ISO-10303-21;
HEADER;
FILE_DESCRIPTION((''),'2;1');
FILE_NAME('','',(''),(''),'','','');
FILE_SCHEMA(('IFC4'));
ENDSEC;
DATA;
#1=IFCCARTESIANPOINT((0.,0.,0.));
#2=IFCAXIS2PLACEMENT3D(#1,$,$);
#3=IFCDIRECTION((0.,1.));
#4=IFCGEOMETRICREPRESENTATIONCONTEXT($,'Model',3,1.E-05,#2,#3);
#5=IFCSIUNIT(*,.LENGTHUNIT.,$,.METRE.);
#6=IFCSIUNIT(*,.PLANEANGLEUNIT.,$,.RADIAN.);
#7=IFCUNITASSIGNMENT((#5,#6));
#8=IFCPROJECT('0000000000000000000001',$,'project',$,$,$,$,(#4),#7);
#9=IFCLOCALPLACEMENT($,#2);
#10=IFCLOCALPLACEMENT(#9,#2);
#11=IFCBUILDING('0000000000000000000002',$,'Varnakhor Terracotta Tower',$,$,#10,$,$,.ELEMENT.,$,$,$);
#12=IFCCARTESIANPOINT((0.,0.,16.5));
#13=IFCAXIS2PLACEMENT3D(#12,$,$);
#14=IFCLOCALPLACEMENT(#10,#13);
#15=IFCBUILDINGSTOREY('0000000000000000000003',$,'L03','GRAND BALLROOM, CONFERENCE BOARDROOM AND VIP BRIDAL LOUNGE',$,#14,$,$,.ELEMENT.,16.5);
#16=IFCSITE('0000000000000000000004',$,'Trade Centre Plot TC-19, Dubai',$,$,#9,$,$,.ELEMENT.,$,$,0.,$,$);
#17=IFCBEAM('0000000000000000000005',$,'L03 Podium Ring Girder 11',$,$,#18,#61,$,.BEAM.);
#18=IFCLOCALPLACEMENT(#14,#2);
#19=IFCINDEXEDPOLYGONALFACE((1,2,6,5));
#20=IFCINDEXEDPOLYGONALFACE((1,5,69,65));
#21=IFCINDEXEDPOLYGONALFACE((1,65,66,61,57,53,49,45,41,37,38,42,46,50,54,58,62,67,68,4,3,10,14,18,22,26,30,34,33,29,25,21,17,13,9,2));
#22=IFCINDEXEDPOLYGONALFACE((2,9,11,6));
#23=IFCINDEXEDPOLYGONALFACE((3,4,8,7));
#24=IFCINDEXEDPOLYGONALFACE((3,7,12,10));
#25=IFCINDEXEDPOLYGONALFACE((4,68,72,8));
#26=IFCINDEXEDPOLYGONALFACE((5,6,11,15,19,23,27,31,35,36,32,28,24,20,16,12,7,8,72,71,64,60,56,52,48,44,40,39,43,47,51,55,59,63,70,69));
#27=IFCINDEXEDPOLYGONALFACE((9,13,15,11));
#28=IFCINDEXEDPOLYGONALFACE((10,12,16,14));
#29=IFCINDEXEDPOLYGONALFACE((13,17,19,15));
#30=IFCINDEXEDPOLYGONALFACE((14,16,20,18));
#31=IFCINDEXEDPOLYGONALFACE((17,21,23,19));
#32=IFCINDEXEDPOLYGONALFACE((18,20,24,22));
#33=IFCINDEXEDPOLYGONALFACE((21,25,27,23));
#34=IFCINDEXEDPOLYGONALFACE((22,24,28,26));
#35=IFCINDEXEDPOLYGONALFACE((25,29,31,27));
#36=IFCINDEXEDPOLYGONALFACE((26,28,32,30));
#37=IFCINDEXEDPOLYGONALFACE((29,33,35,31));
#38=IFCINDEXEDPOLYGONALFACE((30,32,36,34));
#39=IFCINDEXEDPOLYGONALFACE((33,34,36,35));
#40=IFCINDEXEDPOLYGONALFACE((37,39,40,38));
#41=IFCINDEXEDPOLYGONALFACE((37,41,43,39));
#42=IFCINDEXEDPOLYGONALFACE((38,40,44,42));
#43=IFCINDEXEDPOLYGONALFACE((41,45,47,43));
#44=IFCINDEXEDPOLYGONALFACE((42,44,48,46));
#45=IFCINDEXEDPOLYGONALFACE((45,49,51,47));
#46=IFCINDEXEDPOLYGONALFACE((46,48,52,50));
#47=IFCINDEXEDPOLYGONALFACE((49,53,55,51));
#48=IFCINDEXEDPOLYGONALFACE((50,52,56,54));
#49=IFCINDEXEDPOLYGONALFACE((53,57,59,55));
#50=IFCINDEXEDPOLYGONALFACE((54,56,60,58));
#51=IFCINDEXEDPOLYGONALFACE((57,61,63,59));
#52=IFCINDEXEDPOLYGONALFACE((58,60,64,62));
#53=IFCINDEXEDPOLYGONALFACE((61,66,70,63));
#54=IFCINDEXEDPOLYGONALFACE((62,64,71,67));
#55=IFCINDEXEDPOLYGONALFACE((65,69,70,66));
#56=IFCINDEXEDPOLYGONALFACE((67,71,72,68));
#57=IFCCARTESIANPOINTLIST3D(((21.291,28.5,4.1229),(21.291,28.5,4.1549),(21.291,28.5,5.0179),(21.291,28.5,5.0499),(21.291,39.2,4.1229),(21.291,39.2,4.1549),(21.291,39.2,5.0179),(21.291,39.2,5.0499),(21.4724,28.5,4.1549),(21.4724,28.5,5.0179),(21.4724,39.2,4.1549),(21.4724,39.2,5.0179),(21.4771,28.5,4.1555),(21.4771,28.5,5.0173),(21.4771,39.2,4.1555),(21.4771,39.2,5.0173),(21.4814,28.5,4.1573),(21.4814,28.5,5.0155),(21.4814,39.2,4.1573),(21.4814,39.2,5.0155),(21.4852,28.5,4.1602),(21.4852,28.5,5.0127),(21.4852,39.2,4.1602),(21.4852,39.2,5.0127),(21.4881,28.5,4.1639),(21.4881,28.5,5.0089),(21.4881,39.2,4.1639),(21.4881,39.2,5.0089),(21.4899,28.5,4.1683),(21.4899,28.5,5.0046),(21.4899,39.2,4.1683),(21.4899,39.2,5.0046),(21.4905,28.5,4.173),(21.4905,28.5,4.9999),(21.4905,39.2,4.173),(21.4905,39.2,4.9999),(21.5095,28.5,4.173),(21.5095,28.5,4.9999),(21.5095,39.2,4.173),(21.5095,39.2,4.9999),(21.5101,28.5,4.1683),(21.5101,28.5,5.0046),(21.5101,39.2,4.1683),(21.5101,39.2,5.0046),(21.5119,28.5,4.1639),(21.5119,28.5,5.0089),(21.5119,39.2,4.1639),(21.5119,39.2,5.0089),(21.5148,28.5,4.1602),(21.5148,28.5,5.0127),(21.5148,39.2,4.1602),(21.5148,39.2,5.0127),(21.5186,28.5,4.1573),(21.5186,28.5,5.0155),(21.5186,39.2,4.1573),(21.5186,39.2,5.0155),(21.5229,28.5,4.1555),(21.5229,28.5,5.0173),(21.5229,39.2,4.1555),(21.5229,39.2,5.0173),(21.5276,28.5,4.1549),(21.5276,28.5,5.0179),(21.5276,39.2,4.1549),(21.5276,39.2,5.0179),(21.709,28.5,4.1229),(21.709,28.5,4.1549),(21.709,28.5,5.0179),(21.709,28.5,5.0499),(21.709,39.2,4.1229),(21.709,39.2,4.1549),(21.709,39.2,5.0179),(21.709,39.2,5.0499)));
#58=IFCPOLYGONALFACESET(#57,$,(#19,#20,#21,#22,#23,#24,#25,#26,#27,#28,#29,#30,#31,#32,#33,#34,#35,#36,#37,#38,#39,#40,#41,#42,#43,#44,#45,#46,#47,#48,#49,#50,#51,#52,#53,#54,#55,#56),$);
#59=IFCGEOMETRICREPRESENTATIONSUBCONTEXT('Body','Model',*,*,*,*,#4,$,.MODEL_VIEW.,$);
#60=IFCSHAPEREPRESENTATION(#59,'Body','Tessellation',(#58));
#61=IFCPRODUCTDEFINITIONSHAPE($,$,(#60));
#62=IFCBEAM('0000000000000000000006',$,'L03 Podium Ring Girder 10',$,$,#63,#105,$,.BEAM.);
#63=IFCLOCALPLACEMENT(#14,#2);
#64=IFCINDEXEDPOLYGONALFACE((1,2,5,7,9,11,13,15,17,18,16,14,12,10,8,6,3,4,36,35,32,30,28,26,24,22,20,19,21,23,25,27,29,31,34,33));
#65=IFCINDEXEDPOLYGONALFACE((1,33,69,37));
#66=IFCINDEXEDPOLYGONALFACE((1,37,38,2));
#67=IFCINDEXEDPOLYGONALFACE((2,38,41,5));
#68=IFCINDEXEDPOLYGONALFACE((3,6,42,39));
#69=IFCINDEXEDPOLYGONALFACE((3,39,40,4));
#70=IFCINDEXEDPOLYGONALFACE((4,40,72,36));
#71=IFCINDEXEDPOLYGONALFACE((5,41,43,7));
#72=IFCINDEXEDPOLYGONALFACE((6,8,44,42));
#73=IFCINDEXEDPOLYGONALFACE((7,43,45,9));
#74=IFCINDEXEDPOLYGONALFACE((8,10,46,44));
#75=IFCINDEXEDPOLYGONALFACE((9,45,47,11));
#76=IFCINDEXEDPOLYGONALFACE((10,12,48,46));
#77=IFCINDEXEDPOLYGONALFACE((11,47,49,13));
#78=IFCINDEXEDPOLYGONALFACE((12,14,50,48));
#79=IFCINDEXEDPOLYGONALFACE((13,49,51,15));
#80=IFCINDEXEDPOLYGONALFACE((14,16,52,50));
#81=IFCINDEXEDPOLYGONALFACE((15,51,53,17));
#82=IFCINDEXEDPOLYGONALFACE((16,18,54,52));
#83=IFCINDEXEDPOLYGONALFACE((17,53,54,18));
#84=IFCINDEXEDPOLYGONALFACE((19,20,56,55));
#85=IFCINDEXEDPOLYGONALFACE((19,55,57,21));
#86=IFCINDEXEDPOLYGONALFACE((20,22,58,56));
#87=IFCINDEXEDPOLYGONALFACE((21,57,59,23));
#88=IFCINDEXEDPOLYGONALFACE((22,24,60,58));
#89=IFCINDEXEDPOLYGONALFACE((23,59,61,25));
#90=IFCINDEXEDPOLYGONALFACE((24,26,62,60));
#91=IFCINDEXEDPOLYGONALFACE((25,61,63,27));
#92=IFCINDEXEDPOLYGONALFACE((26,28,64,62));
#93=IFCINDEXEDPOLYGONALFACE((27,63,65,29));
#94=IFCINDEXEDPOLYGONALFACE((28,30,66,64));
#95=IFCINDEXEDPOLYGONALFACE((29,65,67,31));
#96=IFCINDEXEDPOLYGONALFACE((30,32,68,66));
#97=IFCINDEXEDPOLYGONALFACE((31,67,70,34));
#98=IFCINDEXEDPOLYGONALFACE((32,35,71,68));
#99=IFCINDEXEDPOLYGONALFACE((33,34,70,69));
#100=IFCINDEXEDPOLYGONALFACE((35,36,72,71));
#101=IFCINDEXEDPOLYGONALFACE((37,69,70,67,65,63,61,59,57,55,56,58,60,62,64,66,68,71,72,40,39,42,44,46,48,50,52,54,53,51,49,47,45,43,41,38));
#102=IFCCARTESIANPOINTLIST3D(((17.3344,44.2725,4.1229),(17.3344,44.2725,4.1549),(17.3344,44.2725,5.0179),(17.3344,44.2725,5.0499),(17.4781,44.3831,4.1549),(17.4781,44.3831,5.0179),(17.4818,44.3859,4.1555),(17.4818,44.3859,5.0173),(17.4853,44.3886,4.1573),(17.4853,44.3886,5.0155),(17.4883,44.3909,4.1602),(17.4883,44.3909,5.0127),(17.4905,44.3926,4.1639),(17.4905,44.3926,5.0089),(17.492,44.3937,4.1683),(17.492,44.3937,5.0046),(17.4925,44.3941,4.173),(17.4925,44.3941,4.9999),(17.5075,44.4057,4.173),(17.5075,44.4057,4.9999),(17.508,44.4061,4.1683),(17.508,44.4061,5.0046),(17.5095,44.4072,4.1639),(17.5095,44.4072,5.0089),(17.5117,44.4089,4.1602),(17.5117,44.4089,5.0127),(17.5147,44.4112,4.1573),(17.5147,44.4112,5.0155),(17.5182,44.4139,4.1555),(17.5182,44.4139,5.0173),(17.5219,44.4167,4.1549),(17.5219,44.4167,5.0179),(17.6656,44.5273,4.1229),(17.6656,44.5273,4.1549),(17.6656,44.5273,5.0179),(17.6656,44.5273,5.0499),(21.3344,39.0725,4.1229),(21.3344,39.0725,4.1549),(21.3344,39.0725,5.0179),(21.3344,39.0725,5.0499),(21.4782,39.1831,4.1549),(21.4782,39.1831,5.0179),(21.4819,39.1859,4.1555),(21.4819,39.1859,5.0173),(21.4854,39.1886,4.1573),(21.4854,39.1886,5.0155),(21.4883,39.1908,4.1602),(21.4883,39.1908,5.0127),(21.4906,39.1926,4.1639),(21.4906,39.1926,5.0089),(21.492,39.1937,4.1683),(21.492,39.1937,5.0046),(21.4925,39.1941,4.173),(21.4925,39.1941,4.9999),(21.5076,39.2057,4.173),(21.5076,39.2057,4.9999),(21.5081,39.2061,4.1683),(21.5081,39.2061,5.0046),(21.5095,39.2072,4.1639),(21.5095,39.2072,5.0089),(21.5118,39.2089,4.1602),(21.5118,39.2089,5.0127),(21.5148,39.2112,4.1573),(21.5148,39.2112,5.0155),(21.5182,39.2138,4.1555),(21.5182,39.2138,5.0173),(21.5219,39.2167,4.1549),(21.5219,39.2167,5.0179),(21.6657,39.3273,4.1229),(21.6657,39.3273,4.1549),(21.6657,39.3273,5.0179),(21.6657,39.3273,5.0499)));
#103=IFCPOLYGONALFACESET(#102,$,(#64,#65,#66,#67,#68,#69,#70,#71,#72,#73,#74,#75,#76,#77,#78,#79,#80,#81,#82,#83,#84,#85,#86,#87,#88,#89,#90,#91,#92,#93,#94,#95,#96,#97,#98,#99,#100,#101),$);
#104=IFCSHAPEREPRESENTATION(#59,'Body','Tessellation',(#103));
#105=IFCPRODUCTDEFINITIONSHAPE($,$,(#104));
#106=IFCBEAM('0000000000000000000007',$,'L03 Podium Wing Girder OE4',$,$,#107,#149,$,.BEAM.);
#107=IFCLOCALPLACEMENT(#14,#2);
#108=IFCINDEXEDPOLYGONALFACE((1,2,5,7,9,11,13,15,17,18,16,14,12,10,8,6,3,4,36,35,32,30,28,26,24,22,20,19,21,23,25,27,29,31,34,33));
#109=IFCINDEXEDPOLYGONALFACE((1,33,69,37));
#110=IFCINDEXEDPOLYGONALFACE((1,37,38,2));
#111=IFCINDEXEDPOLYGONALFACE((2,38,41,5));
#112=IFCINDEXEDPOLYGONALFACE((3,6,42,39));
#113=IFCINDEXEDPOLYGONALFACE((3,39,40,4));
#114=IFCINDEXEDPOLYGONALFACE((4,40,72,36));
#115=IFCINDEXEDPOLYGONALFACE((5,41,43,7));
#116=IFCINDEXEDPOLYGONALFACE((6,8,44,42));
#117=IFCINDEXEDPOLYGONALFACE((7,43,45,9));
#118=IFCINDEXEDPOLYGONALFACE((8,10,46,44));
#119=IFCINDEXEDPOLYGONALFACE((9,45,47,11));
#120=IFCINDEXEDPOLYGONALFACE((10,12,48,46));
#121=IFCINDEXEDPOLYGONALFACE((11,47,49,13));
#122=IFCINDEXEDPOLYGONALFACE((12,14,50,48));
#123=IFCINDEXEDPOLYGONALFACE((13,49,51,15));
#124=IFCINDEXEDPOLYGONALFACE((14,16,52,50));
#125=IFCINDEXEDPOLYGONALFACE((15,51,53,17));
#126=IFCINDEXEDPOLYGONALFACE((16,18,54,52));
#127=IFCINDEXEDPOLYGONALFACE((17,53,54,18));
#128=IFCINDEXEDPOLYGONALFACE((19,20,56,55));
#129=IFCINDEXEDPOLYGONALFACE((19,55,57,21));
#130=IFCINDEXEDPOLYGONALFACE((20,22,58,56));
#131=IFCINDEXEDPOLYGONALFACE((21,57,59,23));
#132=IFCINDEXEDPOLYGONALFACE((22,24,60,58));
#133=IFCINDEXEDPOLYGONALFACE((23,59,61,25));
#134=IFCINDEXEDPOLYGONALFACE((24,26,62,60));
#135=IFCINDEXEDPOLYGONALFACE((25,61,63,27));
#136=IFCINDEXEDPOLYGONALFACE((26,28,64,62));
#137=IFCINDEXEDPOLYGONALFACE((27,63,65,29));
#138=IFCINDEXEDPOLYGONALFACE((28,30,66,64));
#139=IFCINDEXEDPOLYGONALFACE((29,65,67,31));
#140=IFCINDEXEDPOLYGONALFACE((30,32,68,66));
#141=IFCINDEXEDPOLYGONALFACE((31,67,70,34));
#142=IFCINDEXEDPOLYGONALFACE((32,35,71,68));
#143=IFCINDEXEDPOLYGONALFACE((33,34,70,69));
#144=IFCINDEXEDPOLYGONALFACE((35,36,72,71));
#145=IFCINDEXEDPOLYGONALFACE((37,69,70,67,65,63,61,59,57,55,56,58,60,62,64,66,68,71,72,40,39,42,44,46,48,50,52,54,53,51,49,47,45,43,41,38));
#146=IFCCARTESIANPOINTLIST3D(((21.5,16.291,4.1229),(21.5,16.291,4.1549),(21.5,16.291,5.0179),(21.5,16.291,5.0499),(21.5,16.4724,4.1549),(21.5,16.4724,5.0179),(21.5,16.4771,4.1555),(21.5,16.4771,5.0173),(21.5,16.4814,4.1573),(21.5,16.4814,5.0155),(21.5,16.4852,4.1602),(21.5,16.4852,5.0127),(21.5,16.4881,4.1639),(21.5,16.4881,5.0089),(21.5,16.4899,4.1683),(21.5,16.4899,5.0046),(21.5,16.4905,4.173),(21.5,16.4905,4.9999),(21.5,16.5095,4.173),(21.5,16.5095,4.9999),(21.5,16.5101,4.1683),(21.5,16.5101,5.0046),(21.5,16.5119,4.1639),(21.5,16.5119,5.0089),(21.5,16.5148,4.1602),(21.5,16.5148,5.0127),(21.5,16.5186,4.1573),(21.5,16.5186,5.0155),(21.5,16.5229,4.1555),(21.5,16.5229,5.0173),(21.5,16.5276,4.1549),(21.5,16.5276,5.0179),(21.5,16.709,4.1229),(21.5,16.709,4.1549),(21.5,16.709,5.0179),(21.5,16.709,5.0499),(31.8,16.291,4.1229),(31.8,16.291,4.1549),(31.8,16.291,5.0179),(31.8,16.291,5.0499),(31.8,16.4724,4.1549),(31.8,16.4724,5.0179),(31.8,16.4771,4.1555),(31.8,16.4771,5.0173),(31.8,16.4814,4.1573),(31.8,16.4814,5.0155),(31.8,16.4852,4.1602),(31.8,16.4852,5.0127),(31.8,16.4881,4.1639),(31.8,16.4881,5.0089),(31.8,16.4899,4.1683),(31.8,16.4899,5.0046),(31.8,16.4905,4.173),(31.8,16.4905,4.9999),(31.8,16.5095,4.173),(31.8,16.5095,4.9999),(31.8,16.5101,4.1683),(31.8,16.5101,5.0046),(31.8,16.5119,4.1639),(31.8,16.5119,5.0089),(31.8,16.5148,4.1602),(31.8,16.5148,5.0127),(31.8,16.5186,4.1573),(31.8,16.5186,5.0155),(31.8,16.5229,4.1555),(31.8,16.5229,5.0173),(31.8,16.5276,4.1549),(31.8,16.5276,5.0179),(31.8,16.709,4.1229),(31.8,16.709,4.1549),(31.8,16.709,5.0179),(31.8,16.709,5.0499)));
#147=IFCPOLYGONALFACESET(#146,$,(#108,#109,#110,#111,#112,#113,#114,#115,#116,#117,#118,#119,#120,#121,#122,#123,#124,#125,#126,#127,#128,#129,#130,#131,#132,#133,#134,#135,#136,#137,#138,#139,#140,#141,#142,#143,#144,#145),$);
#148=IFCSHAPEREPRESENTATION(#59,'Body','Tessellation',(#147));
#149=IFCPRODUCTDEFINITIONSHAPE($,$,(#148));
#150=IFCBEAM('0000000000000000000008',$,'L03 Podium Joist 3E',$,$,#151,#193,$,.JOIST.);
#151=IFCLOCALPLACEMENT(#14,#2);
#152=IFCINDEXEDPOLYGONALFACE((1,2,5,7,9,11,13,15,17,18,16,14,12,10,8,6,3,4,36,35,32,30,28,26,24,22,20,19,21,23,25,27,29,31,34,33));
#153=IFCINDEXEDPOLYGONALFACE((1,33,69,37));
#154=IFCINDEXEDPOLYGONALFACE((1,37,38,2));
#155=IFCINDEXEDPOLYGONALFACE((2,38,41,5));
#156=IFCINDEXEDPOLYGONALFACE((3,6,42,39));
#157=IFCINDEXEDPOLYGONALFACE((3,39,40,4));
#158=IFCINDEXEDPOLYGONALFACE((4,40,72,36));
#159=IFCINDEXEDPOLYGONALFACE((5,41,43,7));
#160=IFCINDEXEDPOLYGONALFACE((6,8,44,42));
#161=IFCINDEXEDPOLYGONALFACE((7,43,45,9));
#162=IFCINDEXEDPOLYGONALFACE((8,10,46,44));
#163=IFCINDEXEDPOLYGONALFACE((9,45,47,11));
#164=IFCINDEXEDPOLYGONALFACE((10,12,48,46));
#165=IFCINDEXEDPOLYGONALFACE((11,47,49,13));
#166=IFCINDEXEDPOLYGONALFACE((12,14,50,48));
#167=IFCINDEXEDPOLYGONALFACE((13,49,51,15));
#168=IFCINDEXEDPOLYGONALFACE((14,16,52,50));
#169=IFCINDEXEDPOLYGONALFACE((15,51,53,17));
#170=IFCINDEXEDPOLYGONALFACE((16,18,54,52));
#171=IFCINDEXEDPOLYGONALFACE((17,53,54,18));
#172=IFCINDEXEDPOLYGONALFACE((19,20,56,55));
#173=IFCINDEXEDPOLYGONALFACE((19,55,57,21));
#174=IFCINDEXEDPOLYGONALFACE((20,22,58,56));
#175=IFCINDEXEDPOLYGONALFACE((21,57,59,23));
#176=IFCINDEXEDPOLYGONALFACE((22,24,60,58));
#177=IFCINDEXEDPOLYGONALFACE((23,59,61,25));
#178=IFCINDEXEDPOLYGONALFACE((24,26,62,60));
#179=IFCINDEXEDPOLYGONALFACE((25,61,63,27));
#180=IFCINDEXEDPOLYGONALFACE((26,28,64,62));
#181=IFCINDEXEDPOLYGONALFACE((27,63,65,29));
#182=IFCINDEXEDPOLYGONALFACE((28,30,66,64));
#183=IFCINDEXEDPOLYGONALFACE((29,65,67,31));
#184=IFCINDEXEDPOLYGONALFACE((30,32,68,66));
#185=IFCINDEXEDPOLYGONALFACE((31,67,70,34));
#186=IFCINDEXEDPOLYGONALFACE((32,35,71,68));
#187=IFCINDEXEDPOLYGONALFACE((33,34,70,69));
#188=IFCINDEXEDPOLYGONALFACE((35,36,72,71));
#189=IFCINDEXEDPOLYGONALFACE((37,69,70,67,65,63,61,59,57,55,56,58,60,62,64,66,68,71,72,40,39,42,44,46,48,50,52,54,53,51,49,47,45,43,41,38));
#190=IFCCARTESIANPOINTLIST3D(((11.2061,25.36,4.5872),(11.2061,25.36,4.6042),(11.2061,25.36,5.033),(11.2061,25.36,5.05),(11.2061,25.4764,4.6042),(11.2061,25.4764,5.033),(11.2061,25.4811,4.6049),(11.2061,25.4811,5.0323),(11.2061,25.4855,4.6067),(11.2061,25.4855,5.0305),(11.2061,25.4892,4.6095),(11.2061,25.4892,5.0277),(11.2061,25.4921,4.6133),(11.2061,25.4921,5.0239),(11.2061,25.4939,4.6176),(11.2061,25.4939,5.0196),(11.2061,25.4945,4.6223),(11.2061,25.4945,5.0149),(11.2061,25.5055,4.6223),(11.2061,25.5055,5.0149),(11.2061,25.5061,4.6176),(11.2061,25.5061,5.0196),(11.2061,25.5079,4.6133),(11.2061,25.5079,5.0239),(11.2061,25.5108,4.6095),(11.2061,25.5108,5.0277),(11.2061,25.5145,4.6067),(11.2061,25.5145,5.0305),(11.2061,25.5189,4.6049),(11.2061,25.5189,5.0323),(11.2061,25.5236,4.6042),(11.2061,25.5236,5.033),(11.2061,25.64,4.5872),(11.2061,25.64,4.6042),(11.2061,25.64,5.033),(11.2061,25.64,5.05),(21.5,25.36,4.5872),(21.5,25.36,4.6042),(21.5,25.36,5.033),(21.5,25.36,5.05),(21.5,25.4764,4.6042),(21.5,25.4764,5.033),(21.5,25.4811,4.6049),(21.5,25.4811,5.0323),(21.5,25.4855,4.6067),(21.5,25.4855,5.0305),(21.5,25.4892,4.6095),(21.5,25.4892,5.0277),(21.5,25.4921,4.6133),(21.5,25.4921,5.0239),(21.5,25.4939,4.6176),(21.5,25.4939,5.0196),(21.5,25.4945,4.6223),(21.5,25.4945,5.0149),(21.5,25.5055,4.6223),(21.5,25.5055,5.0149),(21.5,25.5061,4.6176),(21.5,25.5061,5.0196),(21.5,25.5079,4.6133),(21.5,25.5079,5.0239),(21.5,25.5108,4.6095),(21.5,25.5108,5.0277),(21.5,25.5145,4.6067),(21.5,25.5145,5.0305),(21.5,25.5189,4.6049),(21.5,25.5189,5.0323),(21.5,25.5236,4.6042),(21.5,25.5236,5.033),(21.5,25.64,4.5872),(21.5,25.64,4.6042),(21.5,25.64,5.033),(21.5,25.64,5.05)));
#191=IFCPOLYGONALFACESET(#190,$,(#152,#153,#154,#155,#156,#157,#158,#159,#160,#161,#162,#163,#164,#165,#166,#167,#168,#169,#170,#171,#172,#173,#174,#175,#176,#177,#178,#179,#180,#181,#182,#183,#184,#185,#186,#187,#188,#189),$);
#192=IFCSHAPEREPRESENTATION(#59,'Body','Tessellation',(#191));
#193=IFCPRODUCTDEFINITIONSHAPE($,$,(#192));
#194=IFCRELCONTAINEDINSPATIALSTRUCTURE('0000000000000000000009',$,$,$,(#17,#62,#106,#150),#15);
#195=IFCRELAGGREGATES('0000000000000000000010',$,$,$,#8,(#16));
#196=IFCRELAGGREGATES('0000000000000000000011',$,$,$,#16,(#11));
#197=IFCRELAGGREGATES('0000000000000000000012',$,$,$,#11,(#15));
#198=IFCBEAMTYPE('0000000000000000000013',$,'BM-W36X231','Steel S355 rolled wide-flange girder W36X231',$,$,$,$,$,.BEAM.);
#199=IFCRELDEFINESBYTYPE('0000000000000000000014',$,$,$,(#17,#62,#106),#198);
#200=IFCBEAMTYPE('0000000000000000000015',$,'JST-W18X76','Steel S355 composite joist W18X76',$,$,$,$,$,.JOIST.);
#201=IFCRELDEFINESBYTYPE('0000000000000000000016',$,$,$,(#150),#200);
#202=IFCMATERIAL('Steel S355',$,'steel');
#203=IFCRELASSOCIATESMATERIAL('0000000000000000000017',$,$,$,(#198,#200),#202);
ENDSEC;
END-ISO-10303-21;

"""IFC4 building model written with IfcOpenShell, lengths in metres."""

from ifc_helpers import new_model, si_unit, direction, frame, origin, origin_2d, place, context, subcontext, project, spatial, i_section, extrude, source, transform, mapped, material, material_profile, profile_set, type_object, type_shapes, element, save


model = new_model("IFC4")

# Units and contexts
model_context = context("Model", 3, precision=1e-05, world=origin(), true_north=direction((0.0, 1.0)))
body_context = subcontext(model_context, "Body", "Model", "MODEL_VIEW")
ifc_project = project(units=[si_unit("LENGTHUNIT", "METRE"), si_unit("PLANEANGLEUNIT", "RADIAN")], contexts=[model_context])

# Site, building, storey
site_placement = place(None, origin())
site = spatial("IfcSite", under=ifc_project, at=site_placement, Name="Trade Centre Plot TC-19, Dubai", CompositionType="ELEMENT", RefElevation=0.0)
building_placement = place(site_placement, origin())
building = spatial("IfcBuilding", under=site, at=building_placement, Name="Varnakhor Terracotta Tower", CompositionType="ELEMENT")
storey_placement = place(building_placement, frame((0.0, 0.0, 16.5)))
storey = spatial("IfcBuildingStorey", under=building, at=storey_placement, Name="L03", Description="GRAND BALLROOM, CONFERENCE BOARDROOM AND VIP BRIDAL LOUNGE", CompositionType="ELEMENT", Elevation=16.5)

# Beams
ifc_material_1 = material(Name="Steel S355", Category="steel")
ifc_material_profile_1 = material_profile(ifc_material_1, i_section(OverallWidth=0.418, OverallDepth=0.927, WebThickness=0.019, FlangeThickness=0.032, FilletRadius=0.0181, at=origin_2d()), Name="W36X231")
ifc_profile_set_1 = profile_set([ifc_material_profile_1], Name="Steel S355")
beam_type_1 = type_object("IfcBeamType", Name="BM-W36X231", Description="Steel S355 rolled wide-flange girder W36X231", PredefinedType="BEAM", material=ifc_profile_set_1)
shared_shape_1 = source(origin(), body_context, "Body", "SweptSolid", [
    extrude(i_section(OverallWidth=0.418, OverallDepth=0.927, WebThickness=0.019, FlangeThickness=0.032, FilletRadius=0.0181, at=origin_2d()), origin(), (0.0, 0.0, 1.0), 10.7),
])
beam_1_placement = place(storey_placement, frame((21.5, 39.2, 4.5864), z_axis=(0.0, -1.0, 0.0), x_axis=(1.0, 0.0, 0.0)))
element("IfcBeam", 1, at=beam_1_placement, inside=storey, type_object=beam_type_1, Name="L03 Podium Ring Girder 11", PredefinedType="BEAM", context=body_context, shape_type="MappedRepresentation", body=[
    mapped(shared_shape_1, transform((0.0, 0.0, 0.0), scale=1.0)),
])
shared_shape_2 = source(origin(), body_context, "Body", "SweptSolid", [
    extrude(i_section(OverallWidth=0.418, OverallDepth=0.927, WebThickness=0.019, FlangeThickness=0.032, FilletRadius=0.0181, at=origin_2d()), origin(), (0.0, 0.0, 1.0), 6.5605),
])
beam_2_placement = place(storey_placement, frame((17.5, 44.3999, 4.5864), z_axis=(0.609714, -0.792621, 0.0), x_axis=(0.792621, 0.609714, 0.0)))
element("IfcBeam", 2, at=beam_2_placement, inside=storey, type_object=beam_type_1, Name="L03 Podium Ring Girder 10", PredefinedType="BEAM", context=body_context, shape_type="MappedRepresentation", body=[
    mapped(shared_shape_2, transform((0.0, 0.0, 0.0), scale=1.0)),
])
shared_shape_3 = source(origin(), body_context, "Body", "SweptSolid", [
    extrude(i_section(OverallWidth=0.418, OverallDepth=0.927, WebThickness=0.019, FlangeThickness=0.032, FilletRadius=0.0181, at=origin_2d()), origin(), (0.0, 0.0, 1.0), 10.3),
])
beam_3_placement = place(storey_placement, frame((21.5, 16.5, 4.5864), z_axis=(1.0, 0.0, 0.0), x_axis=(0.0, 1.0, 0.0)))
element("IfcBeam", 3, at=beam_3_placement, inside=storey, type_object=beam_type_1, Name="L03 Podium Wing Girder OE4", PredefinedType="BEAM", context=body_context, shape_type="MappedRepresentation", body=[
    mapped(shared_shape_3, transform((0.0, 0.0, 0.0), scale=1.0)),
])
ifc_material_profile_2 = material_profile(ifc_material_1, i_section(OverallWidth=0.28, OverallDepth=0.4629, WebThickness=0.011, FlangeThickness=0.0171, FilletRadius=0.0181, at=origin_2d()), Name="W18X76")
ifc_profile_set_2 = profile_set([ifc_material_profile_2], Name="Steel S355")
beam_type_2 = type_object("IfcBeamType", Name="JST-W18X76", Description="Steel S355 composite joist W18X76", PredefinedType="JOIST", material=ifc_profile_set_2)
shared_shape_4 = source(origin(), body_context, "Body", "SweptSolid", [
    extrude(i_section(OverallWidth=0.28, OverallDepth=0.4629, WebThickness=0.011, FlangeThickness=0.0171, FilletRadius=0.0181, at=origin_2d()), origin(), (0.0, 0.0, 1.0), 10.2939),
])
type_shapes(beam_type_2, [shared_shape_4])
for number, where, z_axis, x_axis, name in (
    (4, (11.2061, 25.5, 4.8186), (1.0, 0.0, 0.0), (0.0, 1.0, 0.0), "L03 Podium Joist 3E"),
):
    element("IfcBeam", number, at=place(storey_placement, frame(where, z_axis=z_axis, x_axis=x_axis)), inside=storey, type_object=beam_type_2, Name=name, PredefinedType="JOIST", context=body_context, shape_type="MappedRepresentation", body=[
        mapped(shared_shape_4, transform((0.0, 0.0, 0.0), scale=1.0)),
    ])

save(model, "model.ifc")
